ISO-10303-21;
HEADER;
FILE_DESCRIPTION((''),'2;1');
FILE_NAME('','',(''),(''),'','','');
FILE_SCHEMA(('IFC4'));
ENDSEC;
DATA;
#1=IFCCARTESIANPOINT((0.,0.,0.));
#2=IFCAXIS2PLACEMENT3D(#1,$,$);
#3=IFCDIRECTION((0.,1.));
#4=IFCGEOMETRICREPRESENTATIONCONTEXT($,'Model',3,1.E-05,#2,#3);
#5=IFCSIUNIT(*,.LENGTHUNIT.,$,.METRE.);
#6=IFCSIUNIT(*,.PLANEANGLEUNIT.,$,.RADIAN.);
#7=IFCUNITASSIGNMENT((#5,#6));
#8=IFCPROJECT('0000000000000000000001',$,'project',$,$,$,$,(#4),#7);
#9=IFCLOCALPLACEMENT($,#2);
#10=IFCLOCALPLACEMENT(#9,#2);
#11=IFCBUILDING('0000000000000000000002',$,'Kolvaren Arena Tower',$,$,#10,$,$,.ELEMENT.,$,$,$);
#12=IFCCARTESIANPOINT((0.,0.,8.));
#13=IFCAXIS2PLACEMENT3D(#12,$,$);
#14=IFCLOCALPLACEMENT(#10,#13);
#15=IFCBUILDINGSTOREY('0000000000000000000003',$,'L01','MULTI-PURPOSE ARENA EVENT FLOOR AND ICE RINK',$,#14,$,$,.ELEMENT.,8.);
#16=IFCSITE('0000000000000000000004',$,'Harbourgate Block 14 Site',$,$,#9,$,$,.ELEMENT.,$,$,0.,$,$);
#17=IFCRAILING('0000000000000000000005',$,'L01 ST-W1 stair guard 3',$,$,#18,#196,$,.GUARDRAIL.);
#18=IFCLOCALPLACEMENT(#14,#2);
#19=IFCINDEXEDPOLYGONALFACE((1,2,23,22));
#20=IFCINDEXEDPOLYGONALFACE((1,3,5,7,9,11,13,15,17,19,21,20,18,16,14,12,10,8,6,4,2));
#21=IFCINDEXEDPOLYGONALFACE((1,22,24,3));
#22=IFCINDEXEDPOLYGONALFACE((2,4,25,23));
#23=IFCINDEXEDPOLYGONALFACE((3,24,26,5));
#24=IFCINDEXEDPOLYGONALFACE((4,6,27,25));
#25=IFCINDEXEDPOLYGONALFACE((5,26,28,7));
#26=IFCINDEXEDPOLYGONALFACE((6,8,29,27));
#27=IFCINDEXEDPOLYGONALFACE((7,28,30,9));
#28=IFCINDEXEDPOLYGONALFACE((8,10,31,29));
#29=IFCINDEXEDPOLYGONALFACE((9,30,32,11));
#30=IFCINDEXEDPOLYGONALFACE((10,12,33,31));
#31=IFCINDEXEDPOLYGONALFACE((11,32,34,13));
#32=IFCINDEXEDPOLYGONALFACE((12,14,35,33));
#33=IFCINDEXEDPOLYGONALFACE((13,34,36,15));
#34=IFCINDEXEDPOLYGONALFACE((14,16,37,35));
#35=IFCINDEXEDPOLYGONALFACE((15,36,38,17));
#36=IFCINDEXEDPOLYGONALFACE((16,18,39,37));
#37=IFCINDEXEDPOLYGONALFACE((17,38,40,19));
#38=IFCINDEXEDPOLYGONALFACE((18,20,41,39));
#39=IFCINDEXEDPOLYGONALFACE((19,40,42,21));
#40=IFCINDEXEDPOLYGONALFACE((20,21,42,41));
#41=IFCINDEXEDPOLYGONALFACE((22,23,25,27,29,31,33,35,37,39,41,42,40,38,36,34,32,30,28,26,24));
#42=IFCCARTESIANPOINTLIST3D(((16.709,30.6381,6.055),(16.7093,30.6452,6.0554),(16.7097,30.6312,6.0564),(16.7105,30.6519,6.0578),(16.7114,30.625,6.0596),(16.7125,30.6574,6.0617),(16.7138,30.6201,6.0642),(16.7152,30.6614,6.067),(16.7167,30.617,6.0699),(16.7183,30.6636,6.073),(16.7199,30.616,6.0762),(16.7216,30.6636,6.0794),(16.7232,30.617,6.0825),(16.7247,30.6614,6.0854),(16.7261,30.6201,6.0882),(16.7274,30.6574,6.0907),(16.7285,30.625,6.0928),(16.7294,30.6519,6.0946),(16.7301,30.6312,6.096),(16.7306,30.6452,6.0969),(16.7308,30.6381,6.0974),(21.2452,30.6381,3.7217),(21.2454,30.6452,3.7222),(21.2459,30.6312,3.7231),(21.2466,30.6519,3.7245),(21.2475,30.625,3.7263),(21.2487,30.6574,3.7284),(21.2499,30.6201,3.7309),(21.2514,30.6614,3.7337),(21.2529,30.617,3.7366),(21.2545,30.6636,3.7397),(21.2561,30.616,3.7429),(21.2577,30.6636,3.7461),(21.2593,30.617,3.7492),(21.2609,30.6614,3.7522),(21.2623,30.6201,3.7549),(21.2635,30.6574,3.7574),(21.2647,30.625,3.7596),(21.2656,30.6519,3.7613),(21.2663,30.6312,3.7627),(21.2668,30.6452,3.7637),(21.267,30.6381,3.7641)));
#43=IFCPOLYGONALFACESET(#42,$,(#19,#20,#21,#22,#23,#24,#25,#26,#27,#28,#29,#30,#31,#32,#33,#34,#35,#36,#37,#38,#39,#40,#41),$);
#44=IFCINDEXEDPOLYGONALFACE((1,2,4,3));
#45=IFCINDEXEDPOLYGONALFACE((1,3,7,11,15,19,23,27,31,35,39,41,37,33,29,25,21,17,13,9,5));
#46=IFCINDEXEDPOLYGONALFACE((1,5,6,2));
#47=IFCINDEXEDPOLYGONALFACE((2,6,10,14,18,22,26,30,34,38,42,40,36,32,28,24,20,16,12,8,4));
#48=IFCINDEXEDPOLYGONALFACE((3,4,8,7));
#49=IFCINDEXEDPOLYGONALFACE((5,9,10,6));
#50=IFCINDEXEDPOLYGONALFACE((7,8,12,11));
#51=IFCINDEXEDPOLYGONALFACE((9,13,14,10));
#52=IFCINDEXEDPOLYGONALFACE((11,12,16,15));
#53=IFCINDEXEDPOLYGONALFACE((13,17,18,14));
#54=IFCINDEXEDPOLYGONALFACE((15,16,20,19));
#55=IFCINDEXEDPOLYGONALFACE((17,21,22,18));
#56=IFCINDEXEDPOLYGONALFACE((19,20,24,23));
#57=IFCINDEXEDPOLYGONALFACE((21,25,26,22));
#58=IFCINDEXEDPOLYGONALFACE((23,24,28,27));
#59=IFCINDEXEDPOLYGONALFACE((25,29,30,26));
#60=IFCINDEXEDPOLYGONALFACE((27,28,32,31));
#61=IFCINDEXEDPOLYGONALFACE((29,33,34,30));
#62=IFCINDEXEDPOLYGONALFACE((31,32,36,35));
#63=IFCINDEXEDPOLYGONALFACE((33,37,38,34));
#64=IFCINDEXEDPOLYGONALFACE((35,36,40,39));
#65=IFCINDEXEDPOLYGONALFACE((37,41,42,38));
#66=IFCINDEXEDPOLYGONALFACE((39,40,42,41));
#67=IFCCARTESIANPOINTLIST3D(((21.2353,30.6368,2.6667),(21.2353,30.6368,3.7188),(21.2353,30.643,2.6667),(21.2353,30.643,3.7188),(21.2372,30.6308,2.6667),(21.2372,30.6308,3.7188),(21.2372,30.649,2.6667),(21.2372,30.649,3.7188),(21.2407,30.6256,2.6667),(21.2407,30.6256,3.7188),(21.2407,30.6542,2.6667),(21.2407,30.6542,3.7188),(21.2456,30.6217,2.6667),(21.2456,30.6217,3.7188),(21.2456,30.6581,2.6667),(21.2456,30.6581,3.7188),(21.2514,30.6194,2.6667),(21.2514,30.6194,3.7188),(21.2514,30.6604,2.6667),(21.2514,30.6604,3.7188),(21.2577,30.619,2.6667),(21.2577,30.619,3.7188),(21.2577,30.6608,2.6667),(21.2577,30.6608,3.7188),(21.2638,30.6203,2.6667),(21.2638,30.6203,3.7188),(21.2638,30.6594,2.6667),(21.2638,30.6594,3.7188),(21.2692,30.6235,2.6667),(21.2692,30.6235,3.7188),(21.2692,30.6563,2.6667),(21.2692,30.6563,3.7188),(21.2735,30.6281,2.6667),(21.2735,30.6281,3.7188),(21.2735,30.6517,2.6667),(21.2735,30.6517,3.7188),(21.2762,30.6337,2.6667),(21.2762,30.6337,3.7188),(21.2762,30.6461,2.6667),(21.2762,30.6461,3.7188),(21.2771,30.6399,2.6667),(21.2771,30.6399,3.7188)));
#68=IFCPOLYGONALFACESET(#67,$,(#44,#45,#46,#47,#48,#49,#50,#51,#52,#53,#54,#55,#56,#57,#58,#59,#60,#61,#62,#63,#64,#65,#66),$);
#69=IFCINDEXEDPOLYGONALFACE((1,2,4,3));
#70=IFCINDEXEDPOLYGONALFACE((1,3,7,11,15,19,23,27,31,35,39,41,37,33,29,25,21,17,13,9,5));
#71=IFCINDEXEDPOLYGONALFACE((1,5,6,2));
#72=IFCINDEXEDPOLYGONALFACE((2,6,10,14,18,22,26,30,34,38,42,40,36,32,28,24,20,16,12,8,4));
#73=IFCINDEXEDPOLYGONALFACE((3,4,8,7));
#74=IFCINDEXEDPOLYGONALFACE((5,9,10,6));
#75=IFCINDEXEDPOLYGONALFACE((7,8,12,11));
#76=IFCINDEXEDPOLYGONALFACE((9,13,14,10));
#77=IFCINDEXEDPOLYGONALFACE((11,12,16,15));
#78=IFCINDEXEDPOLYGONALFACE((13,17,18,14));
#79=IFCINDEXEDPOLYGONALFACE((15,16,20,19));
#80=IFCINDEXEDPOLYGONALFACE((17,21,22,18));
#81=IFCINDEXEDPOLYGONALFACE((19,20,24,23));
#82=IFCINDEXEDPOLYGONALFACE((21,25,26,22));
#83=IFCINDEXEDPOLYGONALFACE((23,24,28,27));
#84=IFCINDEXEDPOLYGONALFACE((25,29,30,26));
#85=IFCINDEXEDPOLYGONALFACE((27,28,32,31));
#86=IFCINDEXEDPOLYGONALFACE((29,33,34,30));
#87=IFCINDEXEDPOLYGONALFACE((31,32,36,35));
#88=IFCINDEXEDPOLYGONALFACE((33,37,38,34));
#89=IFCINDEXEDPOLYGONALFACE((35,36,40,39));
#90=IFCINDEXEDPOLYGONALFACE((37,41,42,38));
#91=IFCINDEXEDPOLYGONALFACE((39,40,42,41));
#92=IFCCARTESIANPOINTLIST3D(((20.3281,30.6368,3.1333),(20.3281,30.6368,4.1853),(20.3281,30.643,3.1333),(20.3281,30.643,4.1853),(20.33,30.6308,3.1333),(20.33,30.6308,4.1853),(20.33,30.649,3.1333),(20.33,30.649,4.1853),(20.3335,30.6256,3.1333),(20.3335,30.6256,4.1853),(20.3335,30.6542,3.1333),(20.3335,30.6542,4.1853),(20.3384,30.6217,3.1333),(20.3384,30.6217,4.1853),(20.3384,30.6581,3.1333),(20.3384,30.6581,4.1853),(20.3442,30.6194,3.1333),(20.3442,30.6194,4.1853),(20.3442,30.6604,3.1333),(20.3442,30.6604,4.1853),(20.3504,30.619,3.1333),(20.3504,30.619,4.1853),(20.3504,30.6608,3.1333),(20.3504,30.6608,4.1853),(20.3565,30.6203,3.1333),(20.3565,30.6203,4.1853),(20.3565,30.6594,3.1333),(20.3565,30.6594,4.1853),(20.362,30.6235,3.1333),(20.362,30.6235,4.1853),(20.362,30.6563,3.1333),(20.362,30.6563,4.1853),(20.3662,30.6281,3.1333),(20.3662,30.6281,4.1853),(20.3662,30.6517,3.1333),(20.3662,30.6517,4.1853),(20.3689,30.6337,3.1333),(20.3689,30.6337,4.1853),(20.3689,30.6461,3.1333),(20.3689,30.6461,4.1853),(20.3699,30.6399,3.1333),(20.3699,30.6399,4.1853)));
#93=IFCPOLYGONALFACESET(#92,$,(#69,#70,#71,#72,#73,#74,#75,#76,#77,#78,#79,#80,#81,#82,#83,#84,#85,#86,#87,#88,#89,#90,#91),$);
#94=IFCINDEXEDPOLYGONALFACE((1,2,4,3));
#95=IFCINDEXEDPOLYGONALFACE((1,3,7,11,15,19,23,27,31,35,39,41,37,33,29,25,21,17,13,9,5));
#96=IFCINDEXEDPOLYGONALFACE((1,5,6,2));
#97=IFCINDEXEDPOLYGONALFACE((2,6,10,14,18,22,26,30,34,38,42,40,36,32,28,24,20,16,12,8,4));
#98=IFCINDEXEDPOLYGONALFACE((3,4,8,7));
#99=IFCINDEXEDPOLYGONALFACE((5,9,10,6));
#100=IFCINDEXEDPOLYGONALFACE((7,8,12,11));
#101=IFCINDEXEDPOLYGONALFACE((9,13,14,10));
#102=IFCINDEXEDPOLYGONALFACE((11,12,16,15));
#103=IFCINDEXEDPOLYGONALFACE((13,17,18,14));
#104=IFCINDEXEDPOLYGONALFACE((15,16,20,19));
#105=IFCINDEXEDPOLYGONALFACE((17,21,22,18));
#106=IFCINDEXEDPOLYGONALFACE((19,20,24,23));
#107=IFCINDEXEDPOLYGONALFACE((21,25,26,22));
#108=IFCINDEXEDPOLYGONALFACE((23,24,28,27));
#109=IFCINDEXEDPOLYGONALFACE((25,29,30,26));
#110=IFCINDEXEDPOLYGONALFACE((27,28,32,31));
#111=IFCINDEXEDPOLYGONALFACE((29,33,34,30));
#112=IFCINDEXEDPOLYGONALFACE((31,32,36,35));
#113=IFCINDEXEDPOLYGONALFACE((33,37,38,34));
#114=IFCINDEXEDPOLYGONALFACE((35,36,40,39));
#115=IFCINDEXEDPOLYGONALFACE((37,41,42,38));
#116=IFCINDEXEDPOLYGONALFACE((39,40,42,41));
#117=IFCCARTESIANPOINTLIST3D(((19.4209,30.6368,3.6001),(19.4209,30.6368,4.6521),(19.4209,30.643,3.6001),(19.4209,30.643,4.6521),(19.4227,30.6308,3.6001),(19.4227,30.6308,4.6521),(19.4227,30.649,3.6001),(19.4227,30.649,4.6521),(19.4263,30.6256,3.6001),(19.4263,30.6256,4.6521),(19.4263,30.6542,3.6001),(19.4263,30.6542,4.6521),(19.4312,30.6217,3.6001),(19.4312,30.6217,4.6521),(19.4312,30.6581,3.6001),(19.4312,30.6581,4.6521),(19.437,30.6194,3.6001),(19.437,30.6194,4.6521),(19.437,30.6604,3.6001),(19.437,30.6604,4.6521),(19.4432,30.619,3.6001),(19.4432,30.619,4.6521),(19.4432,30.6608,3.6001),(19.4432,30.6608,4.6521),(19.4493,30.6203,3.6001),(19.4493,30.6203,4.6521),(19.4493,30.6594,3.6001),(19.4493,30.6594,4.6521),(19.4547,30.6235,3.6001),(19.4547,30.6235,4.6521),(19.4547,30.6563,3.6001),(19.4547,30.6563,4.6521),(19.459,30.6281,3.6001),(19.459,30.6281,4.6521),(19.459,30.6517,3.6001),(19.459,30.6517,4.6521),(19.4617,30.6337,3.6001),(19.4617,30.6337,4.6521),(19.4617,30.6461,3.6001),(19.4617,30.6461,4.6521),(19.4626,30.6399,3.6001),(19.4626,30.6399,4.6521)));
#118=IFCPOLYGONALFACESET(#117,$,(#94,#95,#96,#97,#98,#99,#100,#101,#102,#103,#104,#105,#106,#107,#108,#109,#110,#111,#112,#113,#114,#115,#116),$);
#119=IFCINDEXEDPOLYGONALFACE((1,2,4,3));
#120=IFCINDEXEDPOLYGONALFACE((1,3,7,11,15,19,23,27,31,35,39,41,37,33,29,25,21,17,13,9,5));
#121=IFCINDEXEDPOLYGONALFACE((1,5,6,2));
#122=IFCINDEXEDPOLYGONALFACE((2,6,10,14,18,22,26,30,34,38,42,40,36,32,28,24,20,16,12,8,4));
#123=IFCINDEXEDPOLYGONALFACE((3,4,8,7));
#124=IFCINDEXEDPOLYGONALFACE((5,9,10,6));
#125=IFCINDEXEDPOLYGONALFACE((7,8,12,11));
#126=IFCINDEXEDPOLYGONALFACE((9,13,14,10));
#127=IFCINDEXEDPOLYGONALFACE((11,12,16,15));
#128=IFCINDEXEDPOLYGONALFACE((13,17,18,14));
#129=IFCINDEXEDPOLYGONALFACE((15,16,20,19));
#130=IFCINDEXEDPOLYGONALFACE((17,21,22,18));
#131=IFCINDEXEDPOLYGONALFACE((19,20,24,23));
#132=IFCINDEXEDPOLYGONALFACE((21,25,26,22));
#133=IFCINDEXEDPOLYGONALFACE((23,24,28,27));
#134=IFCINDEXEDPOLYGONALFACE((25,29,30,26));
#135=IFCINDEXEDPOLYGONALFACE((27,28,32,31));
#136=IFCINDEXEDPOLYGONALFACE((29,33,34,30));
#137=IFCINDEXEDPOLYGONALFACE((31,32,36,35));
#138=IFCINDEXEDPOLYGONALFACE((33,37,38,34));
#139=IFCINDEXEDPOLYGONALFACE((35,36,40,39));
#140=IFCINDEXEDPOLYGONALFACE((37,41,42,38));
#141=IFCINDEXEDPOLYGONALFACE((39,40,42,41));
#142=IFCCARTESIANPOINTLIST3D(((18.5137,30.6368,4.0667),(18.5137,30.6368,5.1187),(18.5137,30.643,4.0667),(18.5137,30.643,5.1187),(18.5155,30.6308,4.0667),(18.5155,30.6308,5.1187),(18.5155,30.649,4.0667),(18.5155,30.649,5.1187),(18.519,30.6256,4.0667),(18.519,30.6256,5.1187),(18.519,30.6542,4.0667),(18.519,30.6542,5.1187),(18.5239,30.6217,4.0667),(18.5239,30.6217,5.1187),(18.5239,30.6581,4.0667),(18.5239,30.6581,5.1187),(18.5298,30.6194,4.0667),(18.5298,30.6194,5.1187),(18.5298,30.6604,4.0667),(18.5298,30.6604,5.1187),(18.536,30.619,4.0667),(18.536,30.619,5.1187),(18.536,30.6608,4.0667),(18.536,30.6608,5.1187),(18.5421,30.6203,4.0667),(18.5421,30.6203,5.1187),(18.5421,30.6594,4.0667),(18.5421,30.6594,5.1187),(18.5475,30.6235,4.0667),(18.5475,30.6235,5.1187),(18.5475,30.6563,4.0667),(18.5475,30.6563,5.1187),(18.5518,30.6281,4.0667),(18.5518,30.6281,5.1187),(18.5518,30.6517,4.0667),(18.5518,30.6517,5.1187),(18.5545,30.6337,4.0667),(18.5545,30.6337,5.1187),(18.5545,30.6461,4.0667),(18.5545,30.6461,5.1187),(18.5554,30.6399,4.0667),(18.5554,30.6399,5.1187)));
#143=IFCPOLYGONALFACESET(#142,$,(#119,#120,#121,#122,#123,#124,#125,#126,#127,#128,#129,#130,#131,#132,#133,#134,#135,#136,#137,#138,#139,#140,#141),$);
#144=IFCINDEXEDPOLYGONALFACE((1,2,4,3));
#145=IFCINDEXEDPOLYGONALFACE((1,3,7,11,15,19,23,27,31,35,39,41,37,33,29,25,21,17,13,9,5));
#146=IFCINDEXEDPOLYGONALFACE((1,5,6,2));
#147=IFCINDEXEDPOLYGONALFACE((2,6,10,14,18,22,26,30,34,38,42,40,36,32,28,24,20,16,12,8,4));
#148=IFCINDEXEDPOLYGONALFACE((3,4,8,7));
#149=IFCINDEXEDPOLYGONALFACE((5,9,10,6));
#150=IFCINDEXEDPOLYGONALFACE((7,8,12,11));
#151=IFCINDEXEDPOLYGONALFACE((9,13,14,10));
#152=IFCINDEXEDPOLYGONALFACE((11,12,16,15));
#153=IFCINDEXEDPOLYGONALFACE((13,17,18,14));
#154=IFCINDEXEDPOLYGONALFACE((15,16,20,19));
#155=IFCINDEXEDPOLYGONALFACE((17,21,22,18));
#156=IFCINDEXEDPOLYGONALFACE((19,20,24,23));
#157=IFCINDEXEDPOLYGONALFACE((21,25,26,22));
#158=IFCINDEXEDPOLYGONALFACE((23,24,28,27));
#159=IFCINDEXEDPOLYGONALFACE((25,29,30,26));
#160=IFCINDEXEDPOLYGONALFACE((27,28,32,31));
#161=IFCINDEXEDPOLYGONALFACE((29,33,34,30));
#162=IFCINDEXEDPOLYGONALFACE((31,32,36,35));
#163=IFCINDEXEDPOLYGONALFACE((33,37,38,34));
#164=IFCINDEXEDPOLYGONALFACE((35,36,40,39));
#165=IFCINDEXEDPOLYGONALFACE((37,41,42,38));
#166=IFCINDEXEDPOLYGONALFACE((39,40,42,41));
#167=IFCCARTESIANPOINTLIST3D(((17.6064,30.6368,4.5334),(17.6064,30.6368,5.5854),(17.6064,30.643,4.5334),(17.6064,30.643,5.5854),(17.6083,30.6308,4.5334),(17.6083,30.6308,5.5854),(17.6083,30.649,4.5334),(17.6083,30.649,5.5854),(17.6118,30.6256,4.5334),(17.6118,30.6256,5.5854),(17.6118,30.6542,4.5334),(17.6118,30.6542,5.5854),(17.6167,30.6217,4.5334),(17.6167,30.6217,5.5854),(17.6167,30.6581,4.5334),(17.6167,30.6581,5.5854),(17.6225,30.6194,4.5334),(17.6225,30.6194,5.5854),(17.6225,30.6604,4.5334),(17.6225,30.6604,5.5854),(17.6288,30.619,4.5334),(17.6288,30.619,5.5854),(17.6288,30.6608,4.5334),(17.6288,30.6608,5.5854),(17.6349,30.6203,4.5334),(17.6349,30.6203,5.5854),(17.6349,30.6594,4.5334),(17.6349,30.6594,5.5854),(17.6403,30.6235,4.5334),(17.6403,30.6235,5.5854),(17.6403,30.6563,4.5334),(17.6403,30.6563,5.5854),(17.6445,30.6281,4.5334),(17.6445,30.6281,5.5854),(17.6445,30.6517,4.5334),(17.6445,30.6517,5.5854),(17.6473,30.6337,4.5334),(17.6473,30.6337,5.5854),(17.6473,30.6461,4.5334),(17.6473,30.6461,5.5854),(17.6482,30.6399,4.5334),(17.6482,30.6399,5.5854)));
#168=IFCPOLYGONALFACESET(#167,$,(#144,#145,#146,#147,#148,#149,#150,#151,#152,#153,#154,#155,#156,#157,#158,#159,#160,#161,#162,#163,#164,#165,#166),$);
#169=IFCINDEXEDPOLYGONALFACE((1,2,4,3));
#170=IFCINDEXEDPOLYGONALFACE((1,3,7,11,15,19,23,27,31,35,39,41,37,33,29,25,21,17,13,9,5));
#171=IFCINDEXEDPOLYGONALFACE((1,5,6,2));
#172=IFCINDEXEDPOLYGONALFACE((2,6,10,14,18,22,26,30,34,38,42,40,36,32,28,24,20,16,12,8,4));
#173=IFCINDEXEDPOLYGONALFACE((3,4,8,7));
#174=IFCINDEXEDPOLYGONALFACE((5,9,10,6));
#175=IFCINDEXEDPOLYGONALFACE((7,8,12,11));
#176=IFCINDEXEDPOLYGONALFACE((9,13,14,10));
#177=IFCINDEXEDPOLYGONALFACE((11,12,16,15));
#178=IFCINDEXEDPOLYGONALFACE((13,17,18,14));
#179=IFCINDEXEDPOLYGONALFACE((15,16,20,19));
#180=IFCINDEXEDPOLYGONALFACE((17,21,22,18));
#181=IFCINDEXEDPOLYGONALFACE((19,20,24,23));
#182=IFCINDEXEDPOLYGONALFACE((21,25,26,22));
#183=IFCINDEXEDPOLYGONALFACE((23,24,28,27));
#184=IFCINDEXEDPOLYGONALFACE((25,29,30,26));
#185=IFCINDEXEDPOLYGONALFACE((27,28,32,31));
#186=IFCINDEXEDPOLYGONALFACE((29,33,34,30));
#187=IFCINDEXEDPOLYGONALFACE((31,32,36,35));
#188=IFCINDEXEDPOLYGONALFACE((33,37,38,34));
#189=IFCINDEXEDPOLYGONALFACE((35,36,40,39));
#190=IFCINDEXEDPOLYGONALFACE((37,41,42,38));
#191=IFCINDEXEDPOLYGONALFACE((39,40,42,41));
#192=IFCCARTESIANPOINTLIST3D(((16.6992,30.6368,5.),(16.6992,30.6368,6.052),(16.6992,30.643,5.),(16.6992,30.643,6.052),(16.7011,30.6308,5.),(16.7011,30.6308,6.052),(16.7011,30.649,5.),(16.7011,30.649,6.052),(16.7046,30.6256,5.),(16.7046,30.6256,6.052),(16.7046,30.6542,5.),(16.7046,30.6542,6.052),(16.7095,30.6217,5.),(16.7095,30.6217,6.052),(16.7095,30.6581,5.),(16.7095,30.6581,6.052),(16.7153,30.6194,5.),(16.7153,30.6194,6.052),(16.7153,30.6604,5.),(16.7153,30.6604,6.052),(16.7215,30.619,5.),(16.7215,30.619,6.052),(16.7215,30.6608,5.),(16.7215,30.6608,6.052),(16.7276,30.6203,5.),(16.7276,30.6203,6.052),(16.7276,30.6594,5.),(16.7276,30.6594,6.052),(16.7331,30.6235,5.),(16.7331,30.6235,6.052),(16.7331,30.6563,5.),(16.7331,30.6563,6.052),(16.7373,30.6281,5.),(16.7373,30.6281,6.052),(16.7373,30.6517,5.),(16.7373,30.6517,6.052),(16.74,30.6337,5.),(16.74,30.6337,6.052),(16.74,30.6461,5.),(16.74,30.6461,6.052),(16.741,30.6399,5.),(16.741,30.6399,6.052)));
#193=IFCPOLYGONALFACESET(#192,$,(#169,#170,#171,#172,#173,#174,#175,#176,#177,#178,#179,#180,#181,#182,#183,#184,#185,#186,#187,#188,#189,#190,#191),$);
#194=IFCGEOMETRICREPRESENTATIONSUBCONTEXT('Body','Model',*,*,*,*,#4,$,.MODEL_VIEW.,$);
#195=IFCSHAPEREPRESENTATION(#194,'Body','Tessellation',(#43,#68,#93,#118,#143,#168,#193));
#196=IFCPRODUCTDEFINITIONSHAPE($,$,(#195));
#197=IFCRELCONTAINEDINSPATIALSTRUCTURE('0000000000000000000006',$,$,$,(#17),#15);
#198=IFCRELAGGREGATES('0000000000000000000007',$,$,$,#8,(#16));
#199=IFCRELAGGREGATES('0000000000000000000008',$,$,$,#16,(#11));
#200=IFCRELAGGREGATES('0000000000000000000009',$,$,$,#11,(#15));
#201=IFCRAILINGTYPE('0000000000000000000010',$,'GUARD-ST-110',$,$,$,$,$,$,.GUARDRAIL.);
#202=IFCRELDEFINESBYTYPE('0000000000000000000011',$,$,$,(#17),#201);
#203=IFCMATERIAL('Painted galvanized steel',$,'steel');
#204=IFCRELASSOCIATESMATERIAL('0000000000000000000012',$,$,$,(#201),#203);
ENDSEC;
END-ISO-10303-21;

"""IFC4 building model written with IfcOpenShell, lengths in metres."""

from ifc_helpers import new_model, si_unit, direction, frame, origin, origin_2d, place, context, subcontext, project, spatial, circle, extrude, material, type_object, element, save


model = new_model("IFC4")

# Units and contexts
model_context = context("Model", 3, precision=1e-05, world=origin(), true_north=direction((0.0, 1.0)))
body_context = subcontext(model_context, "Body", "Model", "MODEL_VIEW")
ifc_project = project(units=[si_unit("LENGTHUNIT", "METRE"), si_unit("PLANEANGLEUNIT", "RADIAN")], contexts=[model_context])

# Site, building, storey
site_placement = place(None, origin())
site = spatial("IfcSite", under=ifc_project, at=site_placement, Name="Harbourgate Block 14 Site", CompositionType="ELEMENT", RefElevation=0.0)
building_placement = place(site_placement, origin())
building = spatial("IfcBuilding", under=site, at=building_placement, Name="Kolvaren Arena Tower", CompositionType="ELEMENT")
storey_placement = place(building_placement, frame((0.0, 0.0, 8.0)))
storey = spatial("IfcBuildingStorey", under=building, at=storey_placement, Name="L01", Description="MULTI-PURPOSE ARENA EVENT FLOOR AND ICE RINK", CompositionType="ELEMENT", Elevation=8.0)

# Railing
ifc_material_1 = material(Name="Painted galvanized steel", Category="steel")
railing_type_1 = type_object("IfcRailingType", Name="GUARD-ST-110", PredefinedType="GUARDRAIL", material=ifc_material_1)
railing_1_placement = place(storey_placement, frame((21.2561, 30.6399, 2.6667)))
element("IfcRailing", 1, at=railing_1_placement, inside=storey, type_object=railing_type_1, Name="L01 ST-W1 stair guard 3", PredefinedType="GUARDRAIL", context=body_context, shape_type="SweptSolid", body=[
    extrude(circle(Radius=0.0239, at=origin_2d()), frame((0.0, 0.0, 1.0762), z_axis=(-0.889257, 0.0, 0.457407), x_axis=(0.0, -1.0, 0.0)), (0.0, 0.0, 1.0), 5.1011),
    extrude(circle(Radius=0.021, at=origin_2d()), origin(), (0.0, 0.0, 1.0), 1.052),
    extrude(circle(Radius=0.021, at=origin_2d()), frame((-0.9072, 0.0, 0.4666)), (0.0, 0.0, 1.0), 1.052),
    extrude(circle(Radius=0.021, at=origin_2d()), frame((-1.8145, 0.0, 0.9333)), (0.0, 0.0, 1.0), 1.052),
    extrude(circle(Radius=0.021, at=origin_2d()), frame((-2.7217, 0.0, 1.3999)), (0.0, 0.0, 1.0), 1.052),
    extrude(circle(Radius=0.021, at=origin_2d()), frame((-3.6289, 0.0, 1.8667)), (0.0, 0.0, 1.0), 1.052),
    extrude(circle(Radius=0.021, at=origin_2d()), frame((-4.5361, 0.0, 2.3333)), (0.0, 0.0, 1.0), 1.052),
])

save(model, "model.ifc")
